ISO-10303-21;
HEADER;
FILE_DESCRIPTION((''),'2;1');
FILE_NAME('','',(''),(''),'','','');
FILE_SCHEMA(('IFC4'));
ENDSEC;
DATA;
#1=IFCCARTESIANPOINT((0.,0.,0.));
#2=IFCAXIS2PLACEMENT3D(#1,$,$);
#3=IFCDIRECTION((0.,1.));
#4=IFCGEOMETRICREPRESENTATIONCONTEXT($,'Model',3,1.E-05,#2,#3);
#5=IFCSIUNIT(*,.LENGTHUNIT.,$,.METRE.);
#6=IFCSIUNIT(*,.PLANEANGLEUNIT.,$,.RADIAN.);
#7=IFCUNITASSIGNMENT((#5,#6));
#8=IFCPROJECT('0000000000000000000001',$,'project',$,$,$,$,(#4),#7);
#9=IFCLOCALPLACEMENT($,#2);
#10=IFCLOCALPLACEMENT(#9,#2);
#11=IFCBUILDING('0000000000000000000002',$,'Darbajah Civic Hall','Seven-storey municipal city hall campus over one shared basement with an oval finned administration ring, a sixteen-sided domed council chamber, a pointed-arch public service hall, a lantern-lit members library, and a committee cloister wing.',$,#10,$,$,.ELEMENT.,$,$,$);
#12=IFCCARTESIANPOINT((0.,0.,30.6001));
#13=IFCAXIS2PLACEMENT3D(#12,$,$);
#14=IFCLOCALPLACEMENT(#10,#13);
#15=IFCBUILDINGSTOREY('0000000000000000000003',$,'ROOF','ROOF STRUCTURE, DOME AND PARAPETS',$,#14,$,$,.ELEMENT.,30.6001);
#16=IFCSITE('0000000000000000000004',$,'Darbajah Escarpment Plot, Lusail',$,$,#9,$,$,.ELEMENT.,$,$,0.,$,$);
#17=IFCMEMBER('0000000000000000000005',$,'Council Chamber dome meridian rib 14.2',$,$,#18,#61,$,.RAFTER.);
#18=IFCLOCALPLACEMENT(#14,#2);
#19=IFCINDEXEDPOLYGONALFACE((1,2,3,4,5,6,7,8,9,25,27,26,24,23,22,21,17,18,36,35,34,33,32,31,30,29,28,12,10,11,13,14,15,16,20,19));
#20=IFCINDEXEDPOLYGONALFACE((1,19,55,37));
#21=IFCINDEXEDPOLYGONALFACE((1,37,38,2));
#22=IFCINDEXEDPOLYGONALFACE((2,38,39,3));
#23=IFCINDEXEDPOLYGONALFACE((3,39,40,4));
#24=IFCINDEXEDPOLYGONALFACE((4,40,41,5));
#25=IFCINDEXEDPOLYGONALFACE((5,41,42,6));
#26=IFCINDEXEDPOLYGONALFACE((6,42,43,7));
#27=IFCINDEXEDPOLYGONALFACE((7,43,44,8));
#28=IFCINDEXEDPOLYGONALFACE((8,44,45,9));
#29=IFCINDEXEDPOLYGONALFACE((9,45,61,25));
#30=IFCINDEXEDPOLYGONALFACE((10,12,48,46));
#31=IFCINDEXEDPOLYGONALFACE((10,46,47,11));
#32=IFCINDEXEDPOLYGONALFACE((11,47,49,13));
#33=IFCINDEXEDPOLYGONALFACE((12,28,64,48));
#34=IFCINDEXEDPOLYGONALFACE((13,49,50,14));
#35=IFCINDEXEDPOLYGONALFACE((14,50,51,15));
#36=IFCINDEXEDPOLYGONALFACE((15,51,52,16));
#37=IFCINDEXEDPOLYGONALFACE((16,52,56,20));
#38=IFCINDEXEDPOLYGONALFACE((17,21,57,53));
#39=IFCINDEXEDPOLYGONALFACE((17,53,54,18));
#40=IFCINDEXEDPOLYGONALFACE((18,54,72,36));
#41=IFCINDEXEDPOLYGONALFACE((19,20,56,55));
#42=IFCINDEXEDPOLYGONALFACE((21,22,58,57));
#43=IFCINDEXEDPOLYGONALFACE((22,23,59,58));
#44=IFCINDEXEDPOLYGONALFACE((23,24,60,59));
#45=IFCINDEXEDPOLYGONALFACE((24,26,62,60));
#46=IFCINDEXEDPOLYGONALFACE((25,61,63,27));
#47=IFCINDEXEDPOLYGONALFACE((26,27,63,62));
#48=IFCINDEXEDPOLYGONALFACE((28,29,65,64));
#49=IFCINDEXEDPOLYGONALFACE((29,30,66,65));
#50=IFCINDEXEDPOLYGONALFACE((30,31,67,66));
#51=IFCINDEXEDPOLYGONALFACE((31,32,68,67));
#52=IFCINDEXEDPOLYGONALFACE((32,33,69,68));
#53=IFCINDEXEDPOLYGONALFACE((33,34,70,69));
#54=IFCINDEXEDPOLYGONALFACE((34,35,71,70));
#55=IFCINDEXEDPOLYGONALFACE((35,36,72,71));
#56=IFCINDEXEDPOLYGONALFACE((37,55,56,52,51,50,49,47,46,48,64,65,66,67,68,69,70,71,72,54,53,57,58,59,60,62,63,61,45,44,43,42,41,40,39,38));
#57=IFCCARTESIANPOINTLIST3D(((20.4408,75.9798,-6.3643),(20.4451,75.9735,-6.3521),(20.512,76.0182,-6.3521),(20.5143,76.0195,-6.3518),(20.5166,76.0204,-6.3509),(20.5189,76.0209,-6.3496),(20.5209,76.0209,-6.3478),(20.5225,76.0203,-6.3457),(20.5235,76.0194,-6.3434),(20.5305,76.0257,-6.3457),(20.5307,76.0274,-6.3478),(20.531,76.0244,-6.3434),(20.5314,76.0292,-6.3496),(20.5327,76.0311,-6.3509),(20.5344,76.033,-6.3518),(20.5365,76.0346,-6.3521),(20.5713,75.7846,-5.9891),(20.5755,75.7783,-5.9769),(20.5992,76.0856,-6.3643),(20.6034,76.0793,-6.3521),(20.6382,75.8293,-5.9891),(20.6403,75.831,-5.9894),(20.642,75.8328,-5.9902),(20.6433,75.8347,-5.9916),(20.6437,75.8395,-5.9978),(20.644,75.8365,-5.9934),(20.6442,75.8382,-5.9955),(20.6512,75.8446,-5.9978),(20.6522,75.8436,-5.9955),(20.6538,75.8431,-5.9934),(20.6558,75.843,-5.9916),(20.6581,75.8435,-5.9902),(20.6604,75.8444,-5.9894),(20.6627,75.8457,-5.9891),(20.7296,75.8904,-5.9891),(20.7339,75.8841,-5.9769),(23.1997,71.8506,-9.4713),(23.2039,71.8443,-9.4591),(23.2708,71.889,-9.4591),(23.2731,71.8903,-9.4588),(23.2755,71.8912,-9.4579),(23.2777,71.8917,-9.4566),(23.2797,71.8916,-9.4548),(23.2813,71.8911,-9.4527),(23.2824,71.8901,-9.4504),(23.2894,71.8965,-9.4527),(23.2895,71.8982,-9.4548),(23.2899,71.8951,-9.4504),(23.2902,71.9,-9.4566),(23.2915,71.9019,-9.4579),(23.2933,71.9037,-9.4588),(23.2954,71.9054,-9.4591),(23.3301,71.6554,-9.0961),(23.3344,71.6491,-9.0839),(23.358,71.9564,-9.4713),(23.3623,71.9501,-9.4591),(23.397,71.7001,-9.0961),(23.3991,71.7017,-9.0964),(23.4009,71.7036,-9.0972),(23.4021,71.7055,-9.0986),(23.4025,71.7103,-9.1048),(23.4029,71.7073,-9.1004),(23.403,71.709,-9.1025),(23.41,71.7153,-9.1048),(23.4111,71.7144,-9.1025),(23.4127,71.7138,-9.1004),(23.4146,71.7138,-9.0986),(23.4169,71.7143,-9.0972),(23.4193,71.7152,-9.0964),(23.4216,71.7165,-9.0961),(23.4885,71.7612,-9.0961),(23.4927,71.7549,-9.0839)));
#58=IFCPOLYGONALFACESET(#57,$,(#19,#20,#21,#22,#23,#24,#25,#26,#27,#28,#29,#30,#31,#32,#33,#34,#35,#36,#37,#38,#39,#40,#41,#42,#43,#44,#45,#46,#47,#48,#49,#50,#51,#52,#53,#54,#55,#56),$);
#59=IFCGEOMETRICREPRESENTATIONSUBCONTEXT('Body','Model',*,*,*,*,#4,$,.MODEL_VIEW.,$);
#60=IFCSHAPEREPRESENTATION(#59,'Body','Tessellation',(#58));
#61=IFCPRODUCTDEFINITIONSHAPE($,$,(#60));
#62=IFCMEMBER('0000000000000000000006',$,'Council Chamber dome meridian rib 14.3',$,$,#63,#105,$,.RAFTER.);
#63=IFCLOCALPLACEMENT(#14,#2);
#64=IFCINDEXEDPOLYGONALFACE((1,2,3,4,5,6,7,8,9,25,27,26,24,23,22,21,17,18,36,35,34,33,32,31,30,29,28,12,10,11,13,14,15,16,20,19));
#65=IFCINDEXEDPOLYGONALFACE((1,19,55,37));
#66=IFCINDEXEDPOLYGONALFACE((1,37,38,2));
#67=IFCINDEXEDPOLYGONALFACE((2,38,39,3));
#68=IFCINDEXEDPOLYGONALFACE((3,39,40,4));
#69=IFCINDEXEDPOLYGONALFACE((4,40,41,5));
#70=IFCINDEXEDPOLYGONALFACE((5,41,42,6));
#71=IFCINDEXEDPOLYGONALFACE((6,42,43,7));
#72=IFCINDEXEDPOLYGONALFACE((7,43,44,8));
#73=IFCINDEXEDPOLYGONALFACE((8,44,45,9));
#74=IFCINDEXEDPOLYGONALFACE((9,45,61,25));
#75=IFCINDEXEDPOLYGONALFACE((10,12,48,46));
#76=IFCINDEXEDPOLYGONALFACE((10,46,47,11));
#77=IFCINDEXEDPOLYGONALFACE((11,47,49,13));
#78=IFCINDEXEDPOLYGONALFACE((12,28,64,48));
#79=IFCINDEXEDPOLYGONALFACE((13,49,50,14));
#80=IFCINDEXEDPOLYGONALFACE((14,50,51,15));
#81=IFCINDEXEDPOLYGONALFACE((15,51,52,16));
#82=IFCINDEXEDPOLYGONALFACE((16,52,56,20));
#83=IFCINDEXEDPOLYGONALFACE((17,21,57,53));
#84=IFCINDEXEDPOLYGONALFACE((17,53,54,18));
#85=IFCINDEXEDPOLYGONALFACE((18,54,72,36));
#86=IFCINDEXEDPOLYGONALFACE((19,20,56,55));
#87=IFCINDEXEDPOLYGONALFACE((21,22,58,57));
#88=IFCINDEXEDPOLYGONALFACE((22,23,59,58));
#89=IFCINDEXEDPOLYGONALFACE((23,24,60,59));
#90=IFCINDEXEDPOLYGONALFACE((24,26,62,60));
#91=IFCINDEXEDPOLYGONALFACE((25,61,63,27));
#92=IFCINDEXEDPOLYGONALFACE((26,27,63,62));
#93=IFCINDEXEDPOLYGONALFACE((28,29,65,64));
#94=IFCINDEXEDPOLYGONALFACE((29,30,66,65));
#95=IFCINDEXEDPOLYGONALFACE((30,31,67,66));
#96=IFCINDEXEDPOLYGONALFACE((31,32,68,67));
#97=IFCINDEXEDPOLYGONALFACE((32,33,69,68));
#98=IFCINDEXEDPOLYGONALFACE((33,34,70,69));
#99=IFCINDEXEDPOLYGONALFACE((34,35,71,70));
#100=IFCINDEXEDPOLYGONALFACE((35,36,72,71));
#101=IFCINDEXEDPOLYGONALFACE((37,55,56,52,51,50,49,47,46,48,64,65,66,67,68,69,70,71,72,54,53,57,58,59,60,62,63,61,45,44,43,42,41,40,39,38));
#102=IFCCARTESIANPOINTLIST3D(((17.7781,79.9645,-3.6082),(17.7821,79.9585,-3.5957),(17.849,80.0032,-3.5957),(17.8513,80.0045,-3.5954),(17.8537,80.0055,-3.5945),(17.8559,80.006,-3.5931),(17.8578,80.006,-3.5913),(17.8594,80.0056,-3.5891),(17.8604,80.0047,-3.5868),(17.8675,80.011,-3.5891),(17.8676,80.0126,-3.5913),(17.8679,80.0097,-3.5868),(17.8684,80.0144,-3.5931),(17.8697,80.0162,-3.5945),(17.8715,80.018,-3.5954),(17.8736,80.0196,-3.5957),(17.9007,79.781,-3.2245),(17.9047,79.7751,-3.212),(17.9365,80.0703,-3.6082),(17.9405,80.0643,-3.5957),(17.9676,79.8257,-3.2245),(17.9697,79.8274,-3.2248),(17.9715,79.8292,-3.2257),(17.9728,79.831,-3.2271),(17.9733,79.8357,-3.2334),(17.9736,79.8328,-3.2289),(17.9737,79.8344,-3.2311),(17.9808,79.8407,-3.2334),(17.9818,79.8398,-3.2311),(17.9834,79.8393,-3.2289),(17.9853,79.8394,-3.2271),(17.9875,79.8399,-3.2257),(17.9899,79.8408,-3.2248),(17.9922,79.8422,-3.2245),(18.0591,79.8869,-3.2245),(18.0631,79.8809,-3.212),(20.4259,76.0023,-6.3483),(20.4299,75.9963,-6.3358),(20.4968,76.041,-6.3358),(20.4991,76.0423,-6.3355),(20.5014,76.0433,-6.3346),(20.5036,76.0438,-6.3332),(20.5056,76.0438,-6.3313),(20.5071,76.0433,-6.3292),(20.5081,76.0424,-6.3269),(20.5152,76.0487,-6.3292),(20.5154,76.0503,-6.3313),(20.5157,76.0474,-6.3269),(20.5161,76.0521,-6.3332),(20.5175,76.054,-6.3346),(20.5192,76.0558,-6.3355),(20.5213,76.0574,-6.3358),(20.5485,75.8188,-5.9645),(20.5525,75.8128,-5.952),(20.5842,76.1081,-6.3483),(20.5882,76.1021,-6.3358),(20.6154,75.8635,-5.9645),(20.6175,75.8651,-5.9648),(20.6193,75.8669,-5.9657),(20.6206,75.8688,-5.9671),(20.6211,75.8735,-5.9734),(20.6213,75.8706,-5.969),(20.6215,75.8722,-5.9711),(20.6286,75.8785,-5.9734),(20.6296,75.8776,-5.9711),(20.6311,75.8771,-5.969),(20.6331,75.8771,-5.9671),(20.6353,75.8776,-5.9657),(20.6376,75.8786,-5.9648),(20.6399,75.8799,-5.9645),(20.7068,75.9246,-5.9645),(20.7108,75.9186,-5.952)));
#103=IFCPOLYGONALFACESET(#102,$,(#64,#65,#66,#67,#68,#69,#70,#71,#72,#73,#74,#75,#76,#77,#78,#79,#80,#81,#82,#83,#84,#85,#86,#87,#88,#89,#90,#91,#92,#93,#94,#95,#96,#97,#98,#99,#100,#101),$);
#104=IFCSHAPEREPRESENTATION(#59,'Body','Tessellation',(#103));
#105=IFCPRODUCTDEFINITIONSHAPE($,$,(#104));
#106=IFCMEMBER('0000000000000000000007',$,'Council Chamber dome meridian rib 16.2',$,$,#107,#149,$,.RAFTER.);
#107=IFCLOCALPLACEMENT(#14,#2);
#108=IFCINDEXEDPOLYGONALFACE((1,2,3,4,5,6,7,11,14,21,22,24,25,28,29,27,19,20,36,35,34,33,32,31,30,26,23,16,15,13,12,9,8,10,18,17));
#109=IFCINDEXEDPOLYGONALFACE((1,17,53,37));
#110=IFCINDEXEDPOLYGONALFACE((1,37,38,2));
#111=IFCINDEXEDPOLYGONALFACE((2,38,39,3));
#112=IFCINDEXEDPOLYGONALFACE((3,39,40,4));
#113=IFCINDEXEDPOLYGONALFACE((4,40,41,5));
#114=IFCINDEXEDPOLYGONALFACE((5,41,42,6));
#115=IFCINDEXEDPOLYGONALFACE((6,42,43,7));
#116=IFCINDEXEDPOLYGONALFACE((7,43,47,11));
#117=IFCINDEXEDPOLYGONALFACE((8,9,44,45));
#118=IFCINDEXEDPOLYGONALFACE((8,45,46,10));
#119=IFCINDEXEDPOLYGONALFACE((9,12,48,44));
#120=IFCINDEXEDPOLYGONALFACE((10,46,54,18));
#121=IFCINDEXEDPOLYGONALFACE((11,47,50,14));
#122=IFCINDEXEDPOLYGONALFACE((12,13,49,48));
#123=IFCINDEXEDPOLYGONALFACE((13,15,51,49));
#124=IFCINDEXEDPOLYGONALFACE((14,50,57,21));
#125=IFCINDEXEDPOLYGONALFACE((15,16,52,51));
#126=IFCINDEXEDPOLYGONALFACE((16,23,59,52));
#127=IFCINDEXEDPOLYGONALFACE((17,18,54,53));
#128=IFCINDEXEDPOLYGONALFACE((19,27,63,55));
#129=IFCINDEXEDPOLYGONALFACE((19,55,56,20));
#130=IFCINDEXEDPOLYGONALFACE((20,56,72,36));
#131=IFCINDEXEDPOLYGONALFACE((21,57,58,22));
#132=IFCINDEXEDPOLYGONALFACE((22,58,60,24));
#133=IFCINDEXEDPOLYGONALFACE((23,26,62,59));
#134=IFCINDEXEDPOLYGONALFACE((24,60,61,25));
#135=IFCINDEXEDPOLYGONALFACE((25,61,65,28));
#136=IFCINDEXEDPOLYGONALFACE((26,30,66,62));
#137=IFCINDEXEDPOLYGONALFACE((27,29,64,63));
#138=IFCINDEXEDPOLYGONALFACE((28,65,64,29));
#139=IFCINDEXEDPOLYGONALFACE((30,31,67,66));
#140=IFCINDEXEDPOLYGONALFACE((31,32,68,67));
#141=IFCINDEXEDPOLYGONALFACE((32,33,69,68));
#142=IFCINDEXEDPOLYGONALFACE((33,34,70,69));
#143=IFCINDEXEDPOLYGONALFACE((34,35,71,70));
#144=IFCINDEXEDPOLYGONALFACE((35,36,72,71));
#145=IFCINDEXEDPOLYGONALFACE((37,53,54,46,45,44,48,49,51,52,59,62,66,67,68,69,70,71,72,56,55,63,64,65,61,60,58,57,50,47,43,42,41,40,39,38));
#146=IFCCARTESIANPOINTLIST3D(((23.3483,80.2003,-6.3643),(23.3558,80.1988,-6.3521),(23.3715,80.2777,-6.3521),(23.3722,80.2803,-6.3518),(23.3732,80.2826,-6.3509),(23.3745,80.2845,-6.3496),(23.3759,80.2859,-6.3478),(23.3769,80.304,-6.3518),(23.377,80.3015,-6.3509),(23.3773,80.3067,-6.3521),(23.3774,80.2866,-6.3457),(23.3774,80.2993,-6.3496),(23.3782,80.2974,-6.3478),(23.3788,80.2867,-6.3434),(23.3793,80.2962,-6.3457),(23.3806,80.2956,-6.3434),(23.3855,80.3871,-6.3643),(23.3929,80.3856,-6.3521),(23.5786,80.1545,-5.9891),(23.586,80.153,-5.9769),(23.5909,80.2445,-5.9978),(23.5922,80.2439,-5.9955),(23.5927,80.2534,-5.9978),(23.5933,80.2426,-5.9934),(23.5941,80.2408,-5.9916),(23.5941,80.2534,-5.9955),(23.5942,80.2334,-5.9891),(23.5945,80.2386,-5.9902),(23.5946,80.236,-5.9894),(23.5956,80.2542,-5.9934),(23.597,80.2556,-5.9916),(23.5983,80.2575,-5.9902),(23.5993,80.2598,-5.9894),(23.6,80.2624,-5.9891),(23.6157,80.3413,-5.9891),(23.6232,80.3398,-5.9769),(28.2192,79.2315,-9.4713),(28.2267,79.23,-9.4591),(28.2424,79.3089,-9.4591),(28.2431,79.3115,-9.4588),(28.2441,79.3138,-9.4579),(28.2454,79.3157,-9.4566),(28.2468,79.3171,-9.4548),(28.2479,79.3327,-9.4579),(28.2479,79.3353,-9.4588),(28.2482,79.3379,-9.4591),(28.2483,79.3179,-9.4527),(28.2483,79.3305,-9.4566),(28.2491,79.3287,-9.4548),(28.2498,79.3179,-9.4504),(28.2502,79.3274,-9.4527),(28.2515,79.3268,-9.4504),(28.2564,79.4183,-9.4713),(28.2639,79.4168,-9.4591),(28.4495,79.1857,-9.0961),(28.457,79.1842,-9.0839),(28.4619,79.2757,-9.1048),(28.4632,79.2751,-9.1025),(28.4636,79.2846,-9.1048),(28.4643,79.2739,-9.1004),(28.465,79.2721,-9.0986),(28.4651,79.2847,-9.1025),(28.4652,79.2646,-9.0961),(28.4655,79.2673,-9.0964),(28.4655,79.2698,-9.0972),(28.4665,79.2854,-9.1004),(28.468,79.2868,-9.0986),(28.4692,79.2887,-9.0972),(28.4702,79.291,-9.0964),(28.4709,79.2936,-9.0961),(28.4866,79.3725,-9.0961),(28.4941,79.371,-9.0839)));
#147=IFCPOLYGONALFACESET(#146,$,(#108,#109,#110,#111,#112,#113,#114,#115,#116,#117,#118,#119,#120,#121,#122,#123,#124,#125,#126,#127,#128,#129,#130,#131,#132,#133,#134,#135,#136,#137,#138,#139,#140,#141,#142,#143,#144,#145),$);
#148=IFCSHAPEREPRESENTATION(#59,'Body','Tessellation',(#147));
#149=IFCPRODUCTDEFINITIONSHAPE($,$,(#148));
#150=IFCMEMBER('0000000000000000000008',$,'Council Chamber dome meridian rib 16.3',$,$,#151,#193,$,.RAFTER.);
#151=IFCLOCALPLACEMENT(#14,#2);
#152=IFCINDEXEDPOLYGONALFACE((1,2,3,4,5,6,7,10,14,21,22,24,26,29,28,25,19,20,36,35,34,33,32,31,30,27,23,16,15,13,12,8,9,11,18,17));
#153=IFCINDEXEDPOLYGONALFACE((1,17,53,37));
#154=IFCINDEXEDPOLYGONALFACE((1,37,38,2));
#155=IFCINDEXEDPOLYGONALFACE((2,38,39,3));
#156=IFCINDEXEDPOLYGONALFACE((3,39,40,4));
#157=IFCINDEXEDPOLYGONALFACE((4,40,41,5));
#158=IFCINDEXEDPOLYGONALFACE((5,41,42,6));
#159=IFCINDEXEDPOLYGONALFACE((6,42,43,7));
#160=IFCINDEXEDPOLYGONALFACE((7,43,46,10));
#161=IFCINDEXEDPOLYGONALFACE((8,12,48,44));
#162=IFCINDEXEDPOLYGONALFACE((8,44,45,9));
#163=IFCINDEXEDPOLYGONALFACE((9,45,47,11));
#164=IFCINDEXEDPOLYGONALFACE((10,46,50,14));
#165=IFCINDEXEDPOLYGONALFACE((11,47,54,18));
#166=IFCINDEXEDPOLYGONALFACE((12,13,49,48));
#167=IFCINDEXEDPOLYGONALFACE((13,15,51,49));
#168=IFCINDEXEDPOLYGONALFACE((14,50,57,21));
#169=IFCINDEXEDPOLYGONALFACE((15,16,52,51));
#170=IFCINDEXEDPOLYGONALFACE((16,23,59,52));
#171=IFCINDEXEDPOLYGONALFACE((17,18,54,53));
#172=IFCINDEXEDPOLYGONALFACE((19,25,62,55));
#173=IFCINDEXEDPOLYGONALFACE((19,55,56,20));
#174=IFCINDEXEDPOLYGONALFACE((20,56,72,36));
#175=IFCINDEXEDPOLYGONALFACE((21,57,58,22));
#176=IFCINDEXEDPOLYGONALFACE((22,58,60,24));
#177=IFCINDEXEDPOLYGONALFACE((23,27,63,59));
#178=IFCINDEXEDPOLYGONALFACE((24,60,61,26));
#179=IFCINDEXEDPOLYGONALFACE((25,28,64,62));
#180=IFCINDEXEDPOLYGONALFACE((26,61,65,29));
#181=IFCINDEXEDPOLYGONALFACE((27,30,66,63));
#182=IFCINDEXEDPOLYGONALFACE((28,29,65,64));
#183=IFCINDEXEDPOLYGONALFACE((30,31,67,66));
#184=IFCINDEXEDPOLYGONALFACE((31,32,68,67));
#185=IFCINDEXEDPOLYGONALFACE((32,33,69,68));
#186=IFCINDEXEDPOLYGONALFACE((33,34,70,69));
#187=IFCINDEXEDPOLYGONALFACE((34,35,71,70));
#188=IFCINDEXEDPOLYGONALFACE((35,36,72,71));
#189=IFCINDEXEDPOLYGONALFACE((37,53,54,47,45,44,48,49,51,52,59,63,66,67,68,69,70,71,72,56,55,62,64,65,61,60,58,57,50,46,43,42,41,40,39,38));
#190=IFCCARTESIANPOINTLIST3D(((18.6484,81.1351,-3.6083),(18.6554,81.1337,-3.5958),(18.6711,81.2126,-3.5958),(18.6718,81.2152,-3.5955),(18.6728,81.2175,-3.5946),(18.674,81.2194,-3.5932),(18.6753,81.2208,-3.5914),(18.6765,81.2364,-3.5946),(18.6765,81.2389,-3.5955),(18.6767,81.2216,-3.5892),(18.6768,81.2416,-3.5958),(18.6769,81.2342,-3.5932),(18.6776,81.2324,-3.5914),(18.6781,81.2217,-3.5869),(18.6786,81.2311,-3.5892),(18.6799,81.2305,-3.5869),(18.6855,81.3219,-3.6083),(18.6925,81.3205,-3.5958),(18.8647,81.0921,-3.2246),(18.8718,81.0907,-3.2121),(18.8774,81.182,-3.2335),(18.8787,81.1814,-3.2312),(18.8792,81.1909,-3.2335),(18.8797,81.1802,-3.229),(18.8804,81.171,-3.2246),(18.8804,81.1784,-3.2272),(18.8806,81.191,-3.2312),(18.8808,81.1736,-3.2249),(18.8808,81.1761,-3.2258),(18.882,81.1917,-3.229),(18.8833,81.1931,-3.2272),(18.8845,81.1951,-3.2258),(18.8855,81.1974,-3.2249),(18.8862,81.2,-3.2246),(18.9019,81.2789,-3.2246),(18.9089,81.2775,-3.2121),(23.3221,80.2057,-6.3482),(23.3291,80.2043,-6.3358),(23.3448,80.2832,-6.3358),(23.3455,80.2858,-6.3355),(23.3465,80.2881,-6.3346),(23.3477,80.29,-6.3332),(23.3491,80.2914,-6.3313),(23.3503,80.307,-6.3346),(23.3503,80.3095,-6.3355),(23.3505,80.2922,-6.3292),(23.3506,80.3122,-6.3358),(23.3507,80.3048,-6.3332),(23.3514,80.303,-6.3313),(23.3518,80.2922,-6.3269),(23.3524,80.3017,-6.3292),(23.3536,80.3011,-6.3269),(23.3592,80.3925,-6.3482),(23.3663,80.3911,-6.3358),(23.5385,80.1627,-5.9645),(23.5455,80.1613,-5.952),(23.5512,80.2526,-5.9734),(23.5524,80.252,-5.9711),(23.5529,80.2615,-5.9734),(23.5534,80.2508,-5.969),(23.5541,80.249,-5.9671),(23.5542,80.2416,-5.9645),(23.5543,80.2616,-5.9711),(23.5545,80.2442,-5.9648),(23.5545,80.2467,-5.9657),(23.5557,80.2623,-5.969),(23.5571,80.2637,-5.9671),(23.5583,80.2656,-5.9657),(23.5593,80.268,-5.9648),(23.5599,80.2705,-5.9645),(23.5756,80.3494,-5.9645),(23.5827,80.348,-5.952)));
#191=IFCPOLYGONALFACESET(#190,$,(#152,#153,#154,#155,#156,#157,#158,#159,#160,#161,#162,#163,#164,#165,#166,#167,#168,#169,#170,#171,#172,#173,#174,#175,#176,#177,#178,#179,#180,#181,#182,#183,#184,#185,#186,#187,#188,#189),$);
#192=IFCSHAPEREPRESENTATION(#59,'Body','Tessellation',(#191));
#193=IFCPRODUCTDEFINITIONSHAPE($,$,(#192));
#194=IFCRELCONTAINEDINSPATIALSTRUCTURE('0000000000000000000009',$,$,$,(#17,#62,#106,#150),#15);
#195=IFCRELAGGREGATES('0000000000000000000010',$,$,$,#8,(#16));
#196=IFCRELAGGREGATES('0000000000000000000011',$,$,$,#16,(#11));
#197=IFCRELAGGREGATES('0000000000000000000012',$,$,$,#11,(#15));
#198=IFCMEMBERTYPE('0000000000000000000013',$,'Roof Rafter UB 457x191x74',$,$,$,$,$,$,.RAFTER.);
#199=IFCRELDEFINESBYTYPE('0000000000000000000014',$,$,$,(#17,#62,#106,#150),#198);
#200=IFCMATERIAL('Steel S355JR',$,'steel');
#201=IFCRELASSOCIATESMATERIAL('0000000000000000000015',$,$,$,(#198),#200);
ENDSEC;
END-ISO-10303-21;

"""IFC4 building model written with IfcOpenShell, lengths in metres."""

from ifc_helpers import new_model, si_unit, direction, frame, origin, origin_2d, place, context, subcontext, project, spatial, i_section, extrude, material, material_profile, profile_set, type_object, element, save


model = new_model("IFC4")

# Units and contexts
model_context = context("Model", 3, precision=1e-05, world=origin(), true_north=direction((0.0, 1.0)))
body_context = subcontext(model_context, "Body", "Model", "MODEL_VIEW")
ifc_project = project(units=[si_unit("LENGTHUNIT", "METRE"), si_unit("PLANEANGLEUNIT", "RADIAN")], contexts=[model_context])

# Site, building, storey
site_placement = place(None, origin())
site = spatial("IfcSite", under=ifc_project, at=site_placement, Name="Darbajah Escarpment Plot, Lusail", CompositionType="ELEMENT", RefElevation=0.0)
building_placement = place(site_placement, origin())
building = spatial("IfcBuilding", under=site, at=building_placement, Name="Darbajah Civic Hall", Description="Seven-storey municipal city hall campus over one shared basement with an oval finned administration ring, a sixteen-sided domed council chamber, a pointed-arch public service hall, a lantern-lit members library, and a committee cloister wing.", CompositionType="ELEMENT")
storey_placement = place(building_placement, frame((0.0, 0.0, 30.6001)))
storey = spatial("IfcBuildingStorey", under=building, at=storey_placement, Name="ROOF", Description="ROOF STRUCTURE, DOME AND PARAPETS", CompositionType="ELEMENT", Elevation=30.6001)

# Members
ifc_material = material(Name="Steel S355JR", Category="steel")
ifc_material_profile_1 = material_profile(ifc_material, i_section(OverallWidth=0.1904, OverallDepth=0.457, WebThickness=0.009, FlangeThickness=0.0144, FilletRadius=0.0103, at=origin_2d()), Name="UB 457x191x74")
ifc_profile_set_1 = profile_set([ifc_material_profile_1], Name="Steel S355JR")
member_type_1 = type_object("IfcMemberType", Name="Roof Rafter UB 457x191x74", PredefinedType="RAFTER", material=ifc_profile_set_1)
member_1_placement = place(storey_placement, frame((23.3462, 71.8027, -9.2776), z_axis=(-0.47096, 0.704898, 0.530392), x_axis=(-0.83149, -0.555539, 0.0)))
element("IfcMember", 1, at=member_1_placement, inside=storey, type_object=member_type_1, Name="Council Chamber dome meridian rib 14.2", PredefinedType="RAFTER", context=body_context, shape_type="SweptSolid", body=[
    extrude(i_section(OverallWidth=0.1904, OverallDepth=0.457, WebThickness=0.009, FlangeThickness=0.0144, FilletRadius=0.0103, at=origin_2d()), origin(), (0.0, 0.0, 1.0), 5.8579),
])
member_2_placement = place(storey_placement, frame((20.5684, 75.9604, -6.1501), z_axis=(-0.481667, 0.720791, 0.498455), x_axis=(-0.831443, -0.55561, 0.0)))
element("IfcMember", 2, at=member_2_placement, inside=storey, type_object=member_type_1, Name="Council Chamber dome meridian rib 14.3", PredefinedType="RAFTER", context=body_context, shape_type="SweptSolid", body=[
    extrude(i_section(OverallWidth=0.1904, OverallDepth=0.457, WebThickness=0.009, FlangeThickness=0.0144, FilletRadius=0.0103, at=origin_2d()), origin(), (0.0, 0.0, 1.0), 5.4971),
])
member_3_placement = place(storey_placement, frame((28.3567, 79.3013, -9.2776), z_axis=(-0.83148, 0.165371, 0.53037), x_axis=(-0.195067, -0.98079, 0.0)))
element("IfcMember", 3, at=member_3_placement, inside=storey, type_object=member_type_1, Name="Council Chamber dome meridian rib 16.2", PredefinedType="RAFTER", context=body_context, shape_type="SweptSolid", body=[
    extrude(i_section(OverallWidth=0.1904, OverallDepth=0.457, WebThickness=0.009, FlangeThickness=0.0144, FilletRadius=0.0103, at=origin_2d()), origin(), (0.0, 0.0, 1.0), 5.8582),
])
member_4_placement = place(storey_placement, frame((23.4524, 80.2769, -6.1501), z_axis=(-0.850264, 0.169085, 0.49846), x_axis=(-0.195042, -0.980795, 0.0)))
element("IfcMember", 4, at=member_4_placement, inside=storey, type_object=member_type_1, Name="Council Chamber dome meridian rib 16.3", PredefinedType="RAFTER", context=body_context, shape_type="SweptSolid", body=[
    extrude(i_section(OverallWidth=0.1904, OverallDepth=0.457, WebThickness=0.009, FlangeThickness=0.0144, FilletRadius=0.0103, at=origin_2d()), origin(), (0.0, 0.0, 1.0), 5.4968),
])

save(model, "model.ifc")
